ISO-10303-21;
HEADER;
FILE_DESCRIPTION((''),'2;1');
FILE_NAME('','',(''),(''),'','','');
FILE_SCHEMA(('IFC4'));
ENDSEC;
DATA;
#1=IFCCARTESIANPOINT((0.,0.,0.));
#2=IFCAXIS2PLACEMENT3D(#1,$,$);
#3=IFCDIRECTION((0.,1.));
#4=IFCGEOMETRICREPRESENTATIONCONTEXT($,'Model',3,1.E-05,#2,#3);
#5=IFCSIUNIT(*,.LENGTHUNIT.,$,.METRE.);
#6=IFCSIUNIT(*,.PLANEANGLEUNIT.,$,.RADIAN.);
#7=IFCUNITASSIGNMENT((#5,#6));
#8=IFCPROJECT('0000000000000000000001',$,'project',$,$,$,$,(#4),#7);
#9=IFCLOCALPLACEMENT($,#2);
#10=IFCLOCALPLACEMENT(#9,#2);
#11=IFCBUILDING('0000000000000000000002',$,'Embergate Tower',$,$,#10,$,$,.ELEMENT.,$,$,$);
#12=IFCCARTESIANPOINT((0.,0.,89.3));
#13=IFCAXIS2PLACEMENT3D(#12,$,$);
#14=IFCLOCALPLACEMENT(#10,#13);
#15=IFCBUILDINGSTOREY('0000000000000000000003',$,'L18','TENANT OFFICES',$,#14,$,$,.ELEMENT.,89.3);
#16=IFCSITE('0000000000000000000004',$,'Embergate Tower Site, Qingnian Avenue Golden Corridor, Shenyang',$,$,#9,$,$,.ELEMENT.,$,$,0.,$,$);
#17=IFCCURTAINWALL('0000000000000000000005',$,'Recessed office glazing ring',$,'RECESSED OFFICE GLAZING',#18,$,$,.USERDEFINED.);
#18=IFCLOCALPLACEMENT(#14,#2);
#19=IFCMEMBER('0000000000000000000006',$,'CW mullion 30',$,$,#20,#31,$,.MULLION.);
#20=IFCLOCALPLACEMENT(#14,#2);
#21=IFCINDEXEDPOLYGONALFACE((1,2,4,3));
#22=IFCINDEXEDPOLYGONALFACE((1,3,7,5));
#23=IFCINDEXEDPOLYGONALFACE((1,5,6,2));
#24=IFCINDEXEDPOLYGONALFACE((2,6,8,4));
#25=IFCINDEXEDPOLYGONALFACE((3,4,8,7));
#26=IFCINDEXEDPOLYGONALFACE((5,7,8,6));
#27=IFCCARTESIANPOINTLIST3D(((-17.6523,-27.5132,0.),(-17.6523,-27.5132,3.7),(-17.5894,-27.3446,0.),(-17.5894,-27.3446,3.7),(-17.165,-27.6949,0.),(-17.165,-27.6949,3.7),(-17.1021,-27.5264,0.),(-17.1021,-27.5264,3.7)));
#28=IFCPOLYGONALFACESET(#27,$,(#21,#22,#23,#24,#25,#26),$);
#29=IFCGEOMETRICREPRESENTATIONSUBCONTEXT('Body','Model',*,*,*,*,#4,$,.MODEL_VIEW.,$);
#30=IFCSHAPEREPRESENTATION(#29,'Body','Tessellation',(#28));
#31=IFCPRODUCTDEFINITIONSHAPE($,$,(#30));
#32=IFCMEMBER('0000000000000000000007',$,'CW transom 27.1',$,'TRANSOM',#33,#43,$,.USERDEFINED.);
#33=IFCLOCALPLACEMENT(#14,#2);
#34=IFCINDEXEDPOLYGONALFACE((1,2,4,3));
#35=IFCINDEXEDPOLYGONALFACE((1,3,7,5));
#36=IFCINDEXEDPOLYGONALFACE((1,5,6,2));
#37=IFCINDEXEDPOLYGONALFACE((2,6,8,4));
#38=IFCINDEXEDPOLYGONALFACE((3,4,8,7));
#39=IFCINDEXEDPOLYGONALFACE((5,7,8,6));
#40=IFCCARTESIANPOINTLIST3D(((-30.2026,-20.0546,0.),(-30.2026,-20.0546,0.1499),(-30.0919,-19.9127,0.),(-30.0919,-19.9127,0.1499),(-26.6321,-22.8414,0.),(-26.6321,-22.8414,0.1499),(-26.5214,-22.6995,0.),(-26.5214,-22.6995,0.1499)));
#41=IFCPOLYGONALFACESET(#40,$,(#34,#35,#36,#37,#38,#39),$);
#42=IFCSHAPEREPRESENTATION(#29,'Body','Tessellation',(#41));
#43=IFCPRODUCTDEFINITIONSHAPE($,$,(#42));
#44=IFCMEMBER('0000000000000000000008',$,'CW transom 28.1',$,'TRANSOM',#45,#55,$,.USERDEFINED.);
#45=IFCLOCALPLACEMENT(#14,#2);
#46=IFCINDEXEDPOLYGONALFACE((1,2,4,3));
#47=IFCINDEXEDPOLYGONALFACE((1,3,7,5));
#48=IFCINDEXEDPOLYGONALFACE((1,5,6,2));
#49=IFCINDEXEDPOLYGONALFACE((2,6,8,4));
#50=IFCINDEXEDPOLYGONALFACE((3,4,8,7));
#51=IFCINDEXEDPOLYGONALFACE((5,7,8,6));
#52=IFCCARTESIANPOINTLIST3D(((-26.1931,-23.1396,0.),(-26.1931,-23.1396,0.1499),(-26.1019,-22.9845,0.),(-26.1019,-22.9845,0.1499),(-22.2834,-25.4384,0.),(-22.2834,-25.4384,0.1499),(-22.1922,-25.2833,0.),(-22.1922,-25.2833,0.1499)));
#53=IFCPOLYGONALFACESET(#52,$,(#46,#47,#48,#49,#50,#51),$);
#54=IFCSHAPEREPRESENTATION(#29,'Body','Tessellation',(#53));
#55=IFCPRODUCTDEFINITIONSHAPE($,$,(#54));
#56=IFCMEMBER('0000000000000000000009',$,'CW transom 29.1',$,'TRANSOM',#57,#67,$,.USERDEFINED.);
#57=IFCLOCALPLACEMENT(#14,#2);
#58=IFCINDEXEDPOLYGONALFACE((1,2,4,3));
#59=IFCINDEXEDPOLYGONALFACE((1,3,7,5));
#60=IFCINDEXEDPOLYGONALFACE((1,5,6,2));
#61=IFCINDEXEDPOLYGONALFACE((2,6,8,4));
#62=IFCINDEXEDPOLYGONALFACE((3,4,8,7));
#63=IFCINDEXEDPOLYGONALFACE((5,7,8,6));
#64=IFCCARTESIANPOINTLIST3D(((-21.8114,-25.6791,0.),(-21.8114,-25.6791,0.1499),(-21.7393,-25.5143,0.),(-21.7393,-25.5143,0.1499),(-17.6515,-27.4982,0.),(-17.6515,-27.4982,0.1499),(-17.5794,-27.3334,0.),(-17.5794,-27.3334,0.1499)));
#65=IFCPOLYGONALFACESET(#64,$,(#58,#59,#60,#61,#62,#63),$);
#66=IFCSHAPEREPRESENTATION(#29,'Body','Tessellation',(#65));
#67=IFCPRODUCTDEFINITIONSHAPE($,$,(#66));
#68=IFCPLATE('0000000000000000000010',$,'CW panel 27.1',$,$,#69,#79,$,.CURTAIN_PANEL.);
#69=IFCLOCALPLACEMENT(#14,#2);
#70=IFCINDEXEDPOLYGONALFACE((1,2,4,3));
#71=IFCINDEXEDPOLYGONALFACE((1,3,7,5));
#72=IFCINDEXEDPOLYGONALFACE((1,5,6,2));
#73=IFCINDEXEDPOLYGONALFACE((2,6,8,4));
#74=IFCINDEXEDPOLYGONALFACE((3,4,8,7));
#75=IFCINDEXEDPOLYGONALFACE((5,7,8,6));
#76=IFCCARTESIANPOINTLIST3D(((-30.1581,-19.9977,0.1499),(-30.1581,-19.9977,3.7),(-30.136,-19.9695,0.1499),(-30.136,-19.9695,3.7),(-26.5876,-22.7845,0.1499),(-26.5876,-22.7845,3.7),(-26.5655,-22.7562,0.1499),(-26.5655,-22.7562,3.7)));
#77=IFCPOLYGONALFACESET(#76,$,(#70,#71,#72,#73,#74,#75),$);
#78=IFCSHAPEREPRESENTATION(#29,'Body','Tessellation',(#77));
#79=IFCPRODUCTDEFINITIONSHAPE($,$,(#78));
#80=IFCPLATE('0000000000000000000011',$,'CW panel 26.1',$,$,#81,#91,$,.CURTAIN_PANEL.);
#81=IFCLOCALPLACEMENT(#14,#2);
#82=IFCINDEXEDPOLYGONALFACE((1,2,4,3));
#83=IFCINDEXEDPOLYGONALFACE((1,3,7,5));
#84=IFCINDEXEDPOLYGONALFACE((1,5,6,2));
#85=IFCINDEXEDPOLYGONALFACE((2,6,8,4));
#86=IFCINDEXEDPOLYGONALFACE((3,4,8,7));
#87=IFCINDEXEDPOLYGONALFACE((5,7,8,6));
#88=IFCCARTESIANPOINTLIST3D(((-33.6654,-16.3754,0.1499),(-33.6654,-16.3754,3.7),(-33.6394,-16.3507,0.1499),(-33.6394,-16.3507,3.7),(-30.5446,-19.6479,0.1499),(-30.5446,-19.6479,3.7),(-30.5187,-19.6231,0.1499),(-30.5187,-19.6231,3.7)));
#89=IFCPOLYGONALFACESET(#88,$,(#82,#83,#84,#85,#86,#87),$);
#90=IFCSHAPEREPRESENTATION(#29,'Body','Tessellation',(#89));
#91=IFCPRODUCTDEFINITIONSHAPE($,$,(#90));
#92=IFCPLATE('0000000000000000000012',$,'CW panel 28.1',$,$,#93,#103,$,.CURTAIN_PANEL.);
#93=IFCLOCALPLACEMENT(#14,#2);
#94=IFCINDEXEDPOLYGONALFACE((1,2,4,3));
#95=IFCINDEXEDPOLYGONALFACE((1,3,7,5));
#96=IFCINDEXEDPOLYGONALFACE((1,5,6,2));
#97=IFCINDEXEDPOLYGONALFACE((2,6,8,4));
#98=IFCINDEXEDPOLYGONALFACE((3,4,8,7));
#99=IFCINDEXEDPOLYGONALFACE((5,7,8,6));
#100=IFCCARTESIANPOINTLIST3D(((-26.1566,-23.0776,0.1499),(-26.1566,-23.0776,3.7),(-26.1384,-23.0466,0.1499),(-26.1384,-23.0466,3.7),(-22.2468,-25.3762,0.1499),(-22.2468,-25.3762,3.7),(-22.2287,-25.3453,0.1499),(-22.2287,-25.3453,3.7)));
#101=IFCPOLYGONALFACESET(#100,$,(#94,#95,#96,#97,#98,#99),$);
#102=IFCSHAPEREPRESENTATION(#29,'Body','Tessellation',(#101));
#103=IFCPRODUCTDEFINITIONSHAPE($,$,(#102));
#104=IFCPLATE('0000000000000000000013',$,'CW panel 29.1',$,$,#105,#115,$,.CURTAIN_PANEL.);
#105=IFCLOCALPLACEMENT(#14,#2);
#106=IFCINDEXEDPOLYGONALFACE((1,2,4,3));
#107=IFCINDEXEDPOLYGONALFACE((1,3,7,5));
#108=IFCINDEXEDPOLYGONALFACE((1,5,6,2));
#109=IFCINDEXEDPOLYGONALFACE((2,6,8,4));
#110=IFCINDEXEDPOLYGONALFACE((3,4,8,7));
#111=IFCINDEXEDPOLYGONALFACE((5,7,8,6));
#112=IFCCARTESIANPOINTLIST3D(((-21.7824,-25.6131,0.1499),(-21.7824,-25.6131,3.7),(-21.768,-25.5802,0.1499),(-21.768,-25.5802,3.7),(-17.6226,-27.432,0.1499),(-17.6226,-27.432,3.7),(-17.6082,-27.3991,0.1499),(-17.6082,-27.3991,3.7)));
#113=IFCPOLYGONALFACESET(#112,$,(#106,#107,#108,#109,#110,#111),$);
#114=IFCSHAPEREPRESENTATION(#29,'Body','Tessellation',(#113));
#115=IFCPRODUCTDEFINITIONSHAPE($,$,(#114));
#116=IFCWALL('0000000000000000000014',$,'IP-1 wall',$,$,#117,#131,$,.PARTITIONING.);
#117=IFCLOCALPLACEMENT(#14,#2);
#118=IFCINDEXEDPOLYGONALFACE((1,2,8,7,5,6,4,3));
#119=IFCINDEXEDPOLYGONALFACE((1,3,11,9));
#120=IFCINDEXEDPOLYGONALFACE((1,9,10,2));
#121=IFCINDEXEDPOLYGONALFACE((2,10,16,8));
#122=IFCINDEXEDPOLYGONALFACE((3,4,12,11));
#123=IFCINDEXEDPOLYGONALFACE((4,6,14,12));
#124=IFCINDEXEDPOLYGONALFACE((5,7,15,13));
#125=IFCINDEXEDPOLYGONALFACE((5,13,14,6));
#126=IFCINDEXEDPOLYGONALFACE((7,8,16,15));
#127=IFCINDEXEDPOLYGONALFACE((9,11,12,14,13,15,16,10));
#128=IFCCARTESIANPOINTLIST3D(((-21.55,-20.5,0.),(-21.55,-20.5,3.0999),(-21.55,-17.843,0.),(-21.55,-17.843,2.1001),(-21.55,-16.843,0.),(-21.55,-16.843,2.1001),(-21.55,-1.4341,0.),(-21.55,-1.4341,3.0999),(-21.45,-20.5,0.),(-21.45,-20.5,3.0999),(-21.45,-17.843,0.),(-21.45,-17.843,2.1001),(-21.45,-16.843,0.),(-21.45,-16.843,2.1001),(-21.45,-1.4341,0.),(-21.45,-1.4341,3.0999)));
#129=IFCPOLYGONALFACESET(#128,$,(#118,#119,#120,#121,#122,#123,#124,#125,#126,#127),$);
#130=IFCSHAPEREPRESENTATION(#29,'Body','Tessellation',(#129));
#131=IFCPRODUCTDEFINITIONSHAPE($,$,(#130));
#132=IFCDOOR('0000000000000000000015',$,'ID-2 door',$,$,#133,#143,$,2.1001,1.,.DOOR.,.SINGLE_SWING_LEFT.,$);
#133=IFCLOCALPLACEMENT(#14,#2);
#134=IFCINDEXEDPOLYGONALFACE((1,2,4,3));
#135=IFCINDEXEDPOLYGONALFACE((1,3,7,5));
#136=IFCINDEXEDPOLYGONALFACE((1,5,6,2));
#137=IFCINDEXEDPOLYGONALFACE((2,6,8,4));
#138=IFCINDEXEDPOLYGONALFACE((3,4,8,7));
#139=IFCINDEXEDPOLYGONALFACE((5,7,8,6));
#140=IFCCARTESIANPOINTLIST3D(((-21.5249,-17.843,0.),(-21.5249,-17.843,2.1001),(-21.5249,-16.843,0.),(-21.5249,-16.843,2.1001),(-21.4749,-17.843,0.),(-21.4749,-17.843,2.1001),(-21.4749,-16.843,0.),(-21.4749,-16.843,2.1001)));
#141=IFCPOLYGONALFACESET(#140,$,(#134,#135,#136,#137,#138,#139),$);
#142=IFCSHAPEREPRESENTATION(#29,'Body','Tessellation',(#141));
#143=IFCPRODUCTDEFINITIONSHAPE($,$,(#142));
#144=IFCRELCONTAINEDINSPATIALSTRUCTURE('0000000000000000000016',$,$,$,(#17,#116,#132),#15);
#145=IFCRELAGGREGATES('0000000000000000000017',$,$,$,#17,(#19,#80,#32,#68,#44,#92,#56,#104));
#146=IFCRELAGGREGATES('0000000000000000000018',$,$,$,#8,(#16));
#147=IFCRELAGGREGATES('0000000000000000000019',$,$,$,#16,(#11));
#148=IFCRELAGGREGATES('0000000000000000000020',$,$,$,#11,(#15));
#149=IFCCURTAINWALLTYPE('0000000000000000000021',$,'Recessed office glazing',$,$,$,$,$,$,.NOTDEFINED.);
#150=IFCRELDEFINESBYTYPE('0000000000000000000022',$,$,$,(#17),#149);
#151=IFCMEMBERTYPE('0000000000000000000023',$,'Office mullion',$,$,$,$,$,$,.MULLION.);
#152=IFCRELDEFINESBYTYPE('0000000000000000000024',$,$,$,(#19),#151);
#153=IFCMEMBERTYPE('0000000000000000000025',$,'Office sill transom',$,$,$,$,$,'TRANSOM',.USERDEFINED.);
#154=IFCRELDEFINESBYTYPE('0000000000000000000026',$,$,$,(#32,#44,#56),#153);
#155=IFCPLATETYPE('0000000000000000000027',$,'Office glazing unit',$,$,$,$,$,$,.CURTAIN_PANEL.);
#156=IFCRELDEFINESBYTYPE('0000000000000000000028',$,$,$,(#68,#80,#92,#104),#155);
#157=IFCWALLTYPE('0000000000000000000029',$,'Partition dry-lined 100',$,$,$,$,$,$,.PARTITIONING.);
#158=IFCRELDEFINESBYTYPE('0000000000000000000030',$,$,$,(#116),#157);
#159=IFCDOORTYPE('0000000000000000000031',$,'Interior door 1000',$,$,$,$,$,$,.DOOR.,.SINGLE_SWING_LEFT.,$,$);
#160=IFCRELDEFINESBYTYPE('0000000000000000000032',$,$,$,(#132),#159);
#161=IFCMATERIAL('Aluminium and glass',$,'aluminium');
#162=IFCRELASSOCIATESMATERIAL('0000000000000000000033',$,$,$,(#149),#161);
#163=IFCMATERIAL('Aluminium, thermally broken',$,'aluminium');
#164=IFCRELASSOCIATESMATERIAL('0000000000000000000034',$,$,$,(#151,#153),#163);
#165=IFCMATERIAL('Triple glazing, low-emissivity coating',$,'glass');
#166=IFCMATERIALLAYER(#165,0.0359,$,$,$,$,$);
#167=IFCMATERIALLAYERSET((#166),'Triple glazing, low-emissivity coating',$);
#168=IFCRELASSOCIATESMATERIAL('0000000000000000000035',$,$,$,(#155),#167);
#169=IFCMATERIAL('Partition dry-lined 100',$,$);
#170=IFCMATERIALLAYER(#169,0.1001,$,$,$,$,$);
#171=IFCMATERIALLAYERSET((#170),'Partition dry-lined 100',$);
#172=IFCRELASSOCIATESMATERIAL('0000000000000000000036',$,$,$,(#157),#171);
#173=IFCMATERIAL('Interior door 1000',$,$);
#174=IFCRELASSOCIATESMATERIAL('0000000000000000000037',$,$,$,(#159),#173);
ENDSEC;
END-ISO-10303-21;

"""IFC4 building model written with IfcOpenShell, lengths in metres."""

from ifc_helpers import new_model, si_unit, direction, frame, frame_2d, origin, origin_2d, place, context, subcontext, project, spatial, rectangle, extrude, source, transform, mapped, material, layer, layer_set, material_profile, profile_set, type_object, element, fill, aggregate, save


model = new_model("IFC4")

# Units and contexts
model_context = context("Model", 3, precision=1e-05, world=origin(), true_north=direction((0.0, 1.0)))
body_context = subcontext(model_context, "Body", "Model", "MODEL_VIEW")
ifc_project = project(units=[si_unit("LENGTHUNIT", "METRE"), si_unit("PLANEANGLEUNIT", "RADIAN")], contexts=[model_context])

# Site, building, storey
site_placement = place(None, origin())
site = spatial("IfcSite", under=ifc_project, at=site_placement, Name="Embergate Tower Site, Qingnian Avenue Golden Corridor, Shenyang", CompositionType="ELEMENT", RefElevation=0.0)
building_placement = place(site_placement, origin())
building = spatial("IfcBuilding", under=site, at=building_placement, Name="Embergate Tower", CompositionType="ELEMENT")
storey_placement = place(building_placement, frame((0.0, 0.0, 89.3)))
storey = spatial("IfcBuildingStorey", under=building, at=storey_placement, Name="L18", Description="TENANT OFFICES", CompositionType="ELEMENT", Elevation=89.3)

# Curtain wall, members, plates
ifc_material_1 = material(Name="Aluminium and glass", Category="aluminium")
curtain_wall_type = type_object("IfcCurtainWallType", Name="Recessed office glazing", PredefinedType="NOTDEFINED", material=ifc_material_1)
curtain_wall_placement = place(storey_placement, origin())
curtain_wall = element("IfcCurtainWall", 1, at=curtain_wall_placement, inside=storey, type_object=curtain_wall_type, Name="Recessed office glazing ring", ObjectType="RECESSED OFFICE GLAZING", PredefinedType="USERDEFINED")
ifc_material_2 = material(Name="Aluminium, thermally broken", Category="aluminium")
ifc_material_profile_1 = material_profile(ifc_material_2, rectangle(XDim=0.1799, YDim=0.52, at=origin_2d()), Name="AL 520x180")
ifc_profile_set_1 = profile_set([ifc_material_profile_1], Name="Aluminium, thermally broken")
member_type_1 = type_object("IfcMemberType", Name="Office mullion", PredefinedType="MULLION", material=ifc_profile_set_1)
shared_shape_1 = source(origin(), body_context, "Body", "SweptSolid", [
    extrude(rectangle(XDim=0.1799, YDim=0.52, at=origin_2d()), origin(), (0.0, 0.0, 1.0), 3.7),
])
member_1_placement = place(storey_placement, frame((-17.3772, -27.5198, 0.0), z_axis=(0.0, 0.0, 1.0), x_axis=(0.349503, 0.936935, 0.0)))
member_1 = element("IfcMember", 2, at=member_1_placement, type_object=member_type_1, Name="CW mullion 30", PredefinedType="MULLION", context=body_context, shape_type="MappedRepresentation", body=[
    mapped(shared_shape_1, transform((0.0, 0.0, 0.0))),
])
ifc_material_profile_2 = material_profile(ifc_material_2, rectangle(XDim=0.1799, YDim=0.1499, at=origin_2d()), Name="AL 150x180")
ifc_profile_set_2 = profile_set([ifc_material_profile_2], Name="Aluminium, thermally broken")
member_type_2 = type_object("IfcMemberType", Name="Office sill transom", ElementType="TRANSOM", PredefinedType="USERDEFINED", material=ifc_profile_set_2)
shared_shape_2 = source(origin(), body_context, "Body", "SweptSolid", [
    extrude(rectangle(XDim=0.1799, YDim=0.1499, at=origin_2d()), origin(), (0.0, 0.0, 1.0), 4.5293),
])
member_2_placement = place(storey_placement, frame((-30.1472, -19.9836, 0.075), z_axis=(0.788306, -0.615283, 0.0), x_axis=(0.615283, 0.788306, 0.0)))
member_2 = element("IfcMember", 3, at=member_2_placement, type_object=member_type_2, Name="CW transom 27.1", ObjectType="TRANSOM", PredefinedType="USERDEFINED", context=body_context, shape_type="MappedRepresentation", body=[
    mapped(shared_shape_2, transform((0.0, 0.0, 0.0))),
])
shared_shape_3 = source(origin(), body_context, "Body", "SweptSolid", [
    extrude(rectangle(XDim=0.1799, YDim=0.1499, at=origin_2d()), origin(), (0.0, 0.0, 1.0), 4.5354),
])
member_3_placement = place(storey_placement, frame((-26.1475, -23.062, 0.075), z_axis=(0.862028, -0.50686, 0.0), x_axis=(0.50686, 0.862028, 0.0)))
member_3 = element("IfcMember", 4, at=member_3_placement, type_object=member_type_2, Name="CW transom 28.1", ObjectType="TRANSOM", PredefinedType="USERDEFINED", context=body_context, shape_type="MappedRepresentation", body=[
    mapped(shared_shape_3, transform((0.0, 0.0, 0.0))),
])
shared_shape_4 = source(origin(), body_context, "Body", "SweptSolid", [
    extrude(rectangle(XDim=0.1799, YDim=0.1499, at=origin_2d()), origin(), (0.0, 0.0, 1.0), 4.5403),
])
member_4_placement = place(storey_placement, frame((-21.7754, -25.5967, 0.075), z_axis=(0.916228, -0.400658, 0.0), x_axis=(0.400658, 0.916228, 0.0)))
member_4 = element("IfcMember", 5, at=member_4_placement, type_object=member_type_2, Name="CW transom 29.1", ObjectType="TRANSOM", PredefinedType="USERDEFINED", context=body_context, shape_type="MappedRepresentation", body=[
    mapped(shared_shape_4, transform((0.0, 0.0, 0.0))),
])
ifc_material_3 = material(Name="Triple glazing, low-emissivity coating", Category="glass")
ifc_layer_1 = layer(ifc_material_3, 0.0359)
ifc_layer_set_1 = layer_set([ifc_layer_1], Name="Triple glazing, low-emissivity coating")
plate_type = type_object("IfcPlateType", Name="Office glazing unit", PredefinedType="CURTAIN_PANEL", material=ifc_layer_set_1)
shared_shape_5 = source(origin(), body_context, "Body", "SweptSolid", [
    extrude(rectangle(XDim=4.5293, YDim=0.0359, at=origin_2d()), origin(), (0.0, 0.0, 1.0), 3.55),
])
plate_1_placement = place(storey_placement, frame((-28.3618, -21.377, 0.1499), z_axis=(0.0, 0.0, 1.0), x_axis=(0.788321, -0.615264, 0.0)))
plate_1 = element("IfcPlate", 6, at=plate_1_placement, type_object=plate_type, Name="CW panel 27.1", PredefinedType="CURTAIN_PANEL", context=body_context, shape_type="MappedRepresentation", body=[
    mapped(shared_shape_5, transform((0.0, 0.0, 0.0))),
])
shared_shape_6 = source(origin(), body_context, "Body", "SweptSolid", [
    extrude(rectangle(XDim=4.522, YDim=0.0359, at=origin_2d()), origin(), (0.0, 0.0, 1.0), 3.55),
])
plate_2_placement = place(storey_placement, frame((-32.092, -17.9993, 0.1499), z_axis=(0.0, 0.0, 1.0), x_axis=(0.690135, -0.723681, 0.0)))
plate_2 = element("IfcPlate", 7, at=plate_2_placement, type_object=plate_type, Name="CW panel 26.1", PredefinedType="CURTAIN_PANEL", context=body_context, shape_type="MappedRepresentation", body=[
    mapped(shared_shape_6, transform((0.0, 0.0, 0.0))),
])
shared_shape_7 = source(origin(), body_context, "Body", "SweptSolid", [
    extrude(rectangle(XDim=4.5354, YDim=0.0359, at=origin_2d()), origin(), (0.0, 0.0, 1.0), 3.55),
])
plate_3_placement = place(storey_placement, frame((-24.1926, -24.2114, 0.1499), z_axis=(0.0, 0.0, 1.0), x_axis=(0.862053, -0.506818, 0.0)))
plate_3 = element("IfcPlate", 8, at=plate_3_placement, type_object=plate_type, Name="CW panel 28.1", PredefinedType="CURTAIN_PANEL", context=body_context, shape_type="MappedRepresentation", body=[
    mapped(shared_shape_7, transform((0.0, 0.0, 0.0))),
])
shared_shape_8 = source(origin(), body_context, "Body", "SweptSolid", [
    extrude(rectangle(XDim=4.54, YDim=0.0359, at=origin_2d()), origin(), (0.0, 0.0, 1.0), 3.55),
])
plate_4_placement = place(storey_placement, frame((-19.6953, -26.5061, 0.1499), z_axis=(0.0, 0.0, 1.0), x_axis=(0.916236, -0.400638, 0.0)))
plate_4 = element("IfcPlate", 9, at=plate_4_placement, type_object=plate_type, Name="CW panel 29.1", PredefinedType="CURTAIN_PANEL", context=body_context, shape_type="MappedRepresentation", body=[
    mapped(shared_shape_8, transform((0.0, 0.0, 0.0))),
])
aggregate(curtain_wall, [member_1, plate_2, member_2, plate_1, member_3, plate_3, member_4, plate_4])

# Wall, opening, door
ifc_material_4 = material(Name="Partition dry-lined 100")
ifc_layer_2 = layer(ifc_material_4, 0.1001)
ifc_layer_set_2 = layer_set([ifc_layer_2], Name="Partition dry-lined 100")
wall_type = type_object("IfcWallType", Name="Partition dry-lined 100", PredefinedType="PARTITIONING", material=ifc_layer_set_2)
shared_shape_9 = source(origin(), body_context, "Body", "SweptSolid", [
    extrude(rectangle(XDim=19.0659, YDim=0.1001, at=frame_2d((9.533, 0.0))), origin(), (0.0, 0.0, 1.0), 3.0999),
])
wall_placement = place(storey_placement, frame((-21.5, -20.5, 0.0), z_axis=(0.0, 0.0, 1.0), x_axis=(0.0, 1.0, 0.0)))
wall = element("IfcWall", 10, at=wall_placement, inside=storey, type_object=wall_type, Name="IP-1 wall", PredefinedType="PARTITIONING", context=body_context, shape_type="MappedRepresentation", body=[
    mapped(shared_shape_9, transform((0.0, 0.0, 0.0))),
])
shared_shape_10 = source(origin(), body_context, "Body", "SweptSolid", [
    extrude(rectangle(XDim=1.0, YDim=2.1001, at=frame_2d((0.5, 1.05))), frame((0.0, 0.0601, 0.0), z_axis=(0.0, -1.0, 0.0), x_axis=(1.0, 0.0, 0.0)), (0.0, 0.0, 1.0), 0.1201),
])
opening_placement = place(wall_placement, frame((2.657, 0.0, 0.0)))
opening = element("IfcOpeningElement", 11, at=opening_placement, cuts=wall, PredefinedType="OPENING", context=body_context, shape_type="MappedRepresentation", body=[
    mapped(shared_shape_10, transform((0.0, 0.0, 0.0))),
])
ifc_material_5 = material(Name="Interior door 1000")
door_type = type_object("IfcDoorType", Name="Interior door 1000", OperationType="SINGLE_SWING_LEFT", PredefinedType="DOOR", material=ifc_material_5)
shared_shape_11 = source(origin(), body_context, "Body", "SweptSolid", [
    extrude(rectangle(XDim=1.0, YDim=2.1001, at=frame_2d((0.5, 1.05))), frame((0.0, 0.0249, 0.0), z_axis=(0.0, -1.0, 0.0), x_axis=(1.0, 0.0, 0.0)), (0.0, 0.0, 1.0), 0.05),
])
door_placement = place(opening_placement, origin())
door = element("IfcDoor", 12, at=door_placement, inside=storey, type_object=door_type, Name="ID-2 door", OperationType="SINGLE_SWING_LEFT", OverallHeight=2.1001, OverallWidth=1.0, PredefinedType="DOOR", context=body_context, shape_type="MappedRepresentation", body=[
    mapped(shared_shape_11, transform((0.0, 0.0, 0.0))),
])
fill(opening, door)

save(model, "model.ifc")
